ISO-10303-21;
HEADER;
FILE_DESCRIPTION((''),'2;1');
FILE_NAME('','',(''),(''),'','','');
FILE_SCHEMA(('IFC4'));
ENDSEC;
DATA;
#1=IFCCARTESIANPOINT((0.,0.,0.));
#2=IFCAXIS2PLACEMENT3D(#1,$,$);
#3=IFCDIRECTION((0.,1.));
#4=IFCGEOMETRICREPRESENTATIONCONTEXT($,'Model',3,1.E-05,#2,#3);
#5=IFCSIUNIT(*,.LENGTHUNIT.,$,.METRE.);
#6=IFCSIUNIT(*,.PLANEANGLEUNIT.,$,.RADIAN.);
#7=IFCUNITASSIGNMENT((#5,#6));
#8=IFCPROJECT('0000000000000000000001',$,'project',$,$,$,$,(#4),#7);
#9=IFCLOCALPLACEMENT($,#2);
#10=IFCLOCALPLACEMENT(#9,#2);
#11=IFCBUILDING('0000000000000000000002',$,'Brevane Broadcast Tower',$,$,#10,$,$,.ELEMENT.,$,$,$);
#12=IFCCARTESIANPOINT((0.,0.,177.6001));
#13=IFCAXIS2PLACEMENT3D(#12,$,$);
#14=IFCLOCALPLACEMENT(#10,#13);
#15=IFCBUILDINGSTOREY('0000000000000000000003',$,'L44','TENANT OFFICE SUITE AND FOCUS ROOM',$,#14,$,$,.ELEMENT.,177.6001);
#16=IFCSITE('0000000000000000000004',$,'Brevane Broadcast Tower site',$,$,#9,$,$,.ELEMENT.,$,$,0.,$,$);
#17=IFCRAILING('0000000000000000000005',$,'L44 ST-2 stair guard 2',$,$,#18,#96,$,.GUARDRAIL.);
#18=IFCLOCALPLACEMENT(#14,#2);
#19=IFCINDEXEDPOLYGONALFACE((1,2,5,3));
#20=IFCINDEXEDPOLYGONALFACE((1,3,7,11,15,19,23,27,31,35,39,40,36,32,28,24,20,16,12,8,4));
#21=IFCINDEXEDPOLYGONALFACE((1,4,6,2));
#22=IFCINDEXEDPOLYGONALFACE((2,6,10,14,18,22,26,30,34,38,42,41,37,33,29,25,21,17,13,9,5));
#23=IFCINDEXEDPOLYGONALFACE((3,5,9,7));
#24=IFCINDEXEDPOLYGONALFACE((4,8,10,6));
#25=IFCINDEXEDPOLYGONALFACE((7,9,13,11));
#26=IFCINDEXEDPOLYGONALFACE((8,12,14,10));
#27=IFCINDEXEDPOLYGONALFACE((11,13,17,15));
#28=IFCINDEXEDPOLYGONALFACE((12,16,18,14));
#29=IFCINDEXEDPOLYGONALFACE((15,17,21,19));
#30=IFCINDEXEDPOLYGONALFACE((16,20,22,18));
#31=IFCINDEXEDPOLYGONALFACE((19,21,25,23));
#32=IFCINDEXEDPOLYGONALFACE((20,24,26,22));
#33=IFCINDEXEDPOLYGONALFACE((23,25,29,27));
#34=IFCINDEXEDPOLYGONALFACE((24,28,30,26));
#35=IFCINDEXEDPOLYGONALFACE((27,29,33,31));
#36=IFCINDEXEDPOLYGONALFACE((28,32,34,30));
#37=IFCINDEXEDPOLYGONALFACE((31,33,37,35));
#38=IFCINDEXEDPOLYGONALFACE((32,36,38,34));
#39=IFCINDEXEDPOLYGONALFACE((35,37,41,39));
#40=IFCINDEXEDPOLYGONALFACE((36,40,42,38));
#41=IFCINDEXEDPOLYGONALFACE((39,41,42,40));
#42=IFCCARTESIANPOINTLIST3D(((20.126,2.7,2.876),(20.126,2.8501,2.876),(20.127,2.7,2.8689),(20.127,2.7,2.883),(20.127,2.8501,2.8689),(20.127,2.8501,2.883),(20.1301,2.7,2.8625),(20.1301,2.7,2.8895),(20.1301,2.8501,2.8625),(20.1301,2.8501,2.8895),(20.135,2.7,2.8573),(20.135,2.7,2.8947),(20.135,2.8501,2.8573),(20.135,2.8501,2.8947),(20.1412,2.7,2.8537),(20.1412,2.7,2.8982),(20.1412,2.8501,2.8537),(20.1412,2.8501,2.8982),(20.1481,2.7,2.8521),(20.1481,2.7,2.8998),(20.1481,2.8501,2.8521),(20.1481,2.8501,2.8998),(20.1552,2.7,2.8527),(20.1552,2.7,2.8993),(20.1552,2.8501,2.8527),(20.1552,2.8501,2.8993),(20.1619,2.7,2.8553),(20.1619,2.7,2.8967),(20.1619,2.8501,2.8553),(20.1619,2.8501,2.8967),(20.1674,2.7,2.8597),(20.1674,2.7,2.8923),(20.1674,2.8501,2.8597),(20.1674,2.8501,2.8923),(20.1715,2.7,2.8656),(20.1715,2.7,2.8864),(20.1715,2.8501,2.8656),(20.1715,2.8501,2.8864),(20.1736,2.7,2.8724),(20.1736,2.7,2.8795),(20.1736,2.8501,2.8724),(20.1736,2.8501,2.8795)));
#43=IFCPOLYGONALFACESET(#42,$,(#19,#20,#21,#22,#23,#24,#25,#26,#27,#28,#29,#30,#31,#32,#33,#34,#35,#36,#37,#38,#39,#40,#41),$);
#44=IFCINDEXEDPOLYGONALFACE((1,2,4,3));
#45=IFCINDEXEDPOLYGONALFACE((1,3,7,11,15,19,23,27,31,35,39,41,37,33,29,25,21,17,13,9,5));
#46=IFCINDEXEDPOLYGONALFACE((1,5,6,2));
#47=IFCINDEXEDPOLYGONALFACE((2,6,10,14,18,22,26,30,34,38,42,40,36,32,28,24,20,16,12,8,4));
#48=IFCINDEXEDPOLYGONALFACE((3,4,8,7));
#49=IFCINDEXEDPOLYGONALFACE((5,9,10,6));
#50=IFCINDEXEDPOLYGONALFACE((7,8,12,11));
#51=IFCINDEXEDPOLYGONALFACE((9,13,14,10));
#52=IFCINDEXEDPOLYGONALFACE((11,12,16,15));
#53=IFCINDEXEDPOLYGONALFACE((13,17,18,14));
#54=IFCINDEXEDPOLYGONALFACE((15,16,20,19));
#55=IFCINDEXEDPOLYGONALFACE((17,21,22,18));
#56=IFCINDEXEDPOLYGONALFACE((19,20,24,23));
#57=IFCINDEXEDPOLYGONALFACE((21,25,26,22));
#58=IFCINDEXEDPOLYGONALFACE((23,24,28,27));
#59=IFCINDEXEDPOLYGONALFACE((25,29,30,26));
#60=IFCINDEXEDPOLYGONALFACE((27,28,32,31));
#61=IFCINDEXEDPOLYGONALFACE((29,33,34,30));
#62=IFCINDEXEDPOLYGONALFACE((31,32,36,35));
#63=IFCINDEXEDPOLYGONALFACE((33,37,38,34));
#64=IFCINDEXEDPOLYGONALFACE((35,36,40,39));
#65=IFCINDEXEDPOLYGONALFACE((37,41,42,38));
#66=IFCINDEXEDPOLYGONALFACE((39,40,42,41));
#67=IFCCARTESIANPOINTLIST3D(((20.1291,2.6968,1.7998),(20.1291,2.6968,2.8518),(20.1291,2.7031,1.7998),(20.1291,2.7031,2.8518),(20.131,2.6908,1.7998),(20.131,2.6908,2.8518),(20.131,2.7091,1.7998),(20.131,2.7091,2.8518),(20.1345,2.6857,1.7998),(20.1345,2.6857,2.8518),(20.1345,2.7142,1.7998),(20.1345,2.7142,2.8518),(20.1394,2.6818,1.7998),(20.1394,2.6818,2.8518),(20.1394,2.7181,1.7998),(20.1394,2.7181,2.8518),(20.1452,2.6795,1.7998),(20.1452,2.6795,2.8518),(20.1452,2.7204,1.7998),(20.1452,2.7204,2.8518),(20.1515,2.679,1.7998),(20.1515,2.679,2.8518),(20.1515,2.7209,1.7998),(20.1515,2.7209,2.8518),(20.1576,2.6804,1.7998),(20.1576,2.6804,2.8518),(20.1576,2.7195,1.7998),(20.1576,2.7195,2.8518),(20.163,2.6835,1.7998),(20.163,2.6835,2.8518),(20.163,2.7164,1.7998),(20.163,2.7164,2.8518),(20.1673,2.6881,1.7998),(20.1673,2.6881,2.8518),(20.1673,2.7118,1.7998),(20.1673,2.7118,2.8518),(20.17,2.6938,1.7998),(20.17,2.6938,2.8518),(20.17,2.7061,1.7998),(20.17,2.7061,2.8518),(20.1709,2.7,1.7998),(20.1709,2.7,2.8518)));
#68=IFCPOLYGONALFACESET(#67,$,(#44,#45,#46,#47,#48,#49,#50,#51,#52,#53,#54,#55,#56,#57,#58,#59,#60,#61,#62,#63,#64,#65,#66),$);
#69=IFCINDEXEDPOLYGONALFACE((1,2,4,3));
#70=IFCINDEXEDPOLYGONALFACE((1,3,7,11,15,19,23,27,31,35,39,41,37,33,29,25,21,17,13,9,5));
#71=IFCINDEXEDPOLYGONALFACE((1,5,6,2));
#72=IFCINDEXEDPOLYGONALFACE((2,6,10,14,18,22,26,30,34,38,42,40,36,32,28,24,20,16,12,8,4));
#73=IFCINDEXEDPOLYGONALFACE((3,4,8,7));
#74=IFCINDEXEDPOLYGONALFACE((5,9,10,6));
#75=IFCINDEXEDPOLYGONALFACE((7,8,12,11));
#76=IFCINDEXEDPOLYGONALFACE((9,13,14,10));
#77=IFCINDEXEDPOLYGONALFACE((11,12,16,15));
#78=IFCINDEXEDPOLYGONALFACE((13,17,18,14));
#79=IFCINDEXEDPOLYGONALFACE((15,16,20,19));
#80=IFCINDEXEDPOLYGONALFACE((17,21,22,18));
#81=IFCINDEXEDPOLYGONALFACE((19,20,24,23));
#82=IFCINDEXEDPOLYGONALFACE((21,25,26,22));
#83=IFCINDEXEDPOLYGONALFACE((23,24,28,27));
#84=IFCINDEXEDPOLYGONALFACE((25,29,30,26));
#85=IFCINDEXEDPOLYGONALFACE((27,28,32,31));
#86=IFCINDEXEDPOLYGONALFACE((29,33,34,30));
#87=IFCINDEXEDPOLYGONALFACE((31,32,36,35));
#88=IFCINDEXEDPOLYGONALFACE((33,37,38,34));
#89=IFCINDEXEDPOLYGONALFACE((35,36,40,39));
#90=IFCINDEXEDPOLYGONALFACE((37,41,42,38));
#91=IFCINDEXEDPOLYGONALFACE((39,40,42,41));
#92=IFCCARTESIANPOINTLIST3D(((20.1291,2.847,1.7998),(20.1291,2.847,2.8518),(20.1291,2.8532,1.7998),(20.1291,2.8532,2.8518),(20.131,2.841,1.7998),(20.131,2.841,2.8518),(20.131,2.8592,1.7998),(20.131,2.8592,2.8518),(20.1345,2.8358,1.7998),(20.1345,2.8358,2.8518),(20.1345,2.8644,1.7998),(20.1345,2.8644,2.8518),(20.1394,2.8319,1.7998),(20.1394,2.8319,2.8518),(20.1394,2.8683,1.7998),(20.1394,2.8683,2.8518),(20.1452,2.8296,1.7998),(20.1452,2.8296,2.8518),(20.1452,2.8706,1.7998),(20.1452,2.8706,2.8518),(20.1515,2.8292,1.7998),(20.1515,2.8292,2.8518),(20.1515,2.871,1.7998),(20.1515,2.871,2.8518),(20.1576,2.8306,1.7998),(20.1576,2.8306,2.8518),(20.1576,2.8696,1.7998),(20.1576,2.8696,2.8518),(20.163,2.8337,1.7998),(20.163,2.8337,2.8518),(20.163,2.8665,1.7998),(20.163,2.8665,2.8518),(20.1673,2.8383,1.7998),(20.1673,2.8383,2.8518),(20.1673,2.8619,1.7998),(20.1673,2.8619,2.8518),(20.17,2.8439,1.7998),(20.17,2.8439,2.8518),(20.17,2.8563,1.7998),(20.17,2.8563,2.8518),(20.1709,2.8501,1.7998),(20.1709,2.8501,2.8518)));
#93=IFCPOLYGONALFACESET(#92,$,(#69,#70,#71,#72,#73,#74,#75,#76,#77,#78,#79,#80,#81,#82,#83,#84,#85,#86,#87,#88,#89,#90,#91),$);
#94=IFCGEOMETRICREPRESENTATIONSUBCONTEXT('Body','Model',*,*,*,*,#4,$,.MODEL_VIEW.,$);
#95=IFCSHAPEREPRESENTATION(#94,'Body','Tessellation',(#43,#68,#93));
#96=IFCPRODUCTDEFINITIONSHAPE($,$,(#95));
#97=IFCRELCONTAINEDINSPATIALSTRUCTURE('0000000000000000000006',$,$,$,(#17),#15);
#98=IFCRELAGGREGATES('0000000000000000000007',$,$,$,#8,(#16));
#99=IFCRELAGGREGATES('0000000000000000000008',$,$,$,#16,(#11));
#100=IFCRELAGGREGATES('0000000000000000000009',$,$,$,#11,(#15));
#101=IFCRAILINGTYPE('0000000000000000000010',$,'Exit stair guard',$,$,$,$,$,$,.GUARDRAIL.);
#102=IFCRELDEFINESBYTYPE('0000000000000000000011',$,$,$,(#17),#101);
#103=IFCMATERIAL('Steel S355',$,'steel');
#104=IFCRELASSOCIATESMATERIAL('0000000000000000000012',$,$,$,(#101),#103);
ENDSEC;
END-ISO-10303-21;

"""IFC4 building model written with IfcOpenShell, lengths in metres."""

from ifc_helpers import new_model, si_unit, direction, frame, origin, origin_2d, place, context, subcontext, project, spatial, circle, extrude, material, type_object, element, save


model = new_model("IFC4")

# Units and contexts
model_context = context("Model", 3, precision=1e-05, world=origin(), true_north=direction((0.0, 1.0)))
body_context = subcontext(model_context, "Body", "Model", "MODEL_VIEW")
ifc_project = project(units=[si_unit("LENGTHUNIT", "METRE"), si_unit("PLANEANGLEUNIT", "RADIAN")], contexts=[model_context])

# Site, building, storey
site_placement = place(None, origin())
site = spatial("IfcSite", under=ifc_project, at=site_placement, Name="Brevane Broadcast Tower site", CompositionType="ELEMENT", RefElevation=0.0)
building_placement = place(site_placement, origin())
building = spatial("IfcBuilding", under=site, at=building_placement, Name="Brevane Broadcast Tower", CompositionType="ELEMENT")
storey_placement = place(building_placement, frame((0.0, 0.0, 177.6001)))
storey = spatial("IfcBuildingStorey", under=building, at=storey_placement, Name="L44", Description="TENANT OFFICE SUITE AND FOCUS ROOM", CompositionType="ELEMENT", Elevation=177.6001)

# Railing
ifc_material_1 = material(Name="Steel S355", Category="steel")
railing_type_1 = type_object("IfcRailingType", Name="Exit stair guard", PredefinedType="GUARDRAIL", material=ifc_material_1)
railing_1_placement = place(storey_placement, frame((20.1499, 2.7, 1.7998)))
element("IfcRailing", 1, at=railing_1_placement, inside=storey, type_object=railing_type_1, Name="L44 ST-2 stair guard 2", PredefinedType="GUARDRAIL", context=body_context, shape_type="SweptSolid", body=[
    extrude(circle(Radius=0.0239, at=origin_2d()), frame((0.0, 0.0, 1.0762), z_axis=(0.0, 1.0, 0.0), x_axis=(-1.0, 0.0, 0.0)), (0.0, 0.0, 1.0), 0.1501),
    extrude(circle(Radius=0.021, at=origin_2d()), origin(), (0.0, 0.0, 1.0), 1.052),
    extrude(circle(Radius=0.021, at=origin_2d()), frame((0.0, 0.1501, 0.0)), (0.0, 0.0, 1.0), 1.052),
])

save(model, "model.ifc")
